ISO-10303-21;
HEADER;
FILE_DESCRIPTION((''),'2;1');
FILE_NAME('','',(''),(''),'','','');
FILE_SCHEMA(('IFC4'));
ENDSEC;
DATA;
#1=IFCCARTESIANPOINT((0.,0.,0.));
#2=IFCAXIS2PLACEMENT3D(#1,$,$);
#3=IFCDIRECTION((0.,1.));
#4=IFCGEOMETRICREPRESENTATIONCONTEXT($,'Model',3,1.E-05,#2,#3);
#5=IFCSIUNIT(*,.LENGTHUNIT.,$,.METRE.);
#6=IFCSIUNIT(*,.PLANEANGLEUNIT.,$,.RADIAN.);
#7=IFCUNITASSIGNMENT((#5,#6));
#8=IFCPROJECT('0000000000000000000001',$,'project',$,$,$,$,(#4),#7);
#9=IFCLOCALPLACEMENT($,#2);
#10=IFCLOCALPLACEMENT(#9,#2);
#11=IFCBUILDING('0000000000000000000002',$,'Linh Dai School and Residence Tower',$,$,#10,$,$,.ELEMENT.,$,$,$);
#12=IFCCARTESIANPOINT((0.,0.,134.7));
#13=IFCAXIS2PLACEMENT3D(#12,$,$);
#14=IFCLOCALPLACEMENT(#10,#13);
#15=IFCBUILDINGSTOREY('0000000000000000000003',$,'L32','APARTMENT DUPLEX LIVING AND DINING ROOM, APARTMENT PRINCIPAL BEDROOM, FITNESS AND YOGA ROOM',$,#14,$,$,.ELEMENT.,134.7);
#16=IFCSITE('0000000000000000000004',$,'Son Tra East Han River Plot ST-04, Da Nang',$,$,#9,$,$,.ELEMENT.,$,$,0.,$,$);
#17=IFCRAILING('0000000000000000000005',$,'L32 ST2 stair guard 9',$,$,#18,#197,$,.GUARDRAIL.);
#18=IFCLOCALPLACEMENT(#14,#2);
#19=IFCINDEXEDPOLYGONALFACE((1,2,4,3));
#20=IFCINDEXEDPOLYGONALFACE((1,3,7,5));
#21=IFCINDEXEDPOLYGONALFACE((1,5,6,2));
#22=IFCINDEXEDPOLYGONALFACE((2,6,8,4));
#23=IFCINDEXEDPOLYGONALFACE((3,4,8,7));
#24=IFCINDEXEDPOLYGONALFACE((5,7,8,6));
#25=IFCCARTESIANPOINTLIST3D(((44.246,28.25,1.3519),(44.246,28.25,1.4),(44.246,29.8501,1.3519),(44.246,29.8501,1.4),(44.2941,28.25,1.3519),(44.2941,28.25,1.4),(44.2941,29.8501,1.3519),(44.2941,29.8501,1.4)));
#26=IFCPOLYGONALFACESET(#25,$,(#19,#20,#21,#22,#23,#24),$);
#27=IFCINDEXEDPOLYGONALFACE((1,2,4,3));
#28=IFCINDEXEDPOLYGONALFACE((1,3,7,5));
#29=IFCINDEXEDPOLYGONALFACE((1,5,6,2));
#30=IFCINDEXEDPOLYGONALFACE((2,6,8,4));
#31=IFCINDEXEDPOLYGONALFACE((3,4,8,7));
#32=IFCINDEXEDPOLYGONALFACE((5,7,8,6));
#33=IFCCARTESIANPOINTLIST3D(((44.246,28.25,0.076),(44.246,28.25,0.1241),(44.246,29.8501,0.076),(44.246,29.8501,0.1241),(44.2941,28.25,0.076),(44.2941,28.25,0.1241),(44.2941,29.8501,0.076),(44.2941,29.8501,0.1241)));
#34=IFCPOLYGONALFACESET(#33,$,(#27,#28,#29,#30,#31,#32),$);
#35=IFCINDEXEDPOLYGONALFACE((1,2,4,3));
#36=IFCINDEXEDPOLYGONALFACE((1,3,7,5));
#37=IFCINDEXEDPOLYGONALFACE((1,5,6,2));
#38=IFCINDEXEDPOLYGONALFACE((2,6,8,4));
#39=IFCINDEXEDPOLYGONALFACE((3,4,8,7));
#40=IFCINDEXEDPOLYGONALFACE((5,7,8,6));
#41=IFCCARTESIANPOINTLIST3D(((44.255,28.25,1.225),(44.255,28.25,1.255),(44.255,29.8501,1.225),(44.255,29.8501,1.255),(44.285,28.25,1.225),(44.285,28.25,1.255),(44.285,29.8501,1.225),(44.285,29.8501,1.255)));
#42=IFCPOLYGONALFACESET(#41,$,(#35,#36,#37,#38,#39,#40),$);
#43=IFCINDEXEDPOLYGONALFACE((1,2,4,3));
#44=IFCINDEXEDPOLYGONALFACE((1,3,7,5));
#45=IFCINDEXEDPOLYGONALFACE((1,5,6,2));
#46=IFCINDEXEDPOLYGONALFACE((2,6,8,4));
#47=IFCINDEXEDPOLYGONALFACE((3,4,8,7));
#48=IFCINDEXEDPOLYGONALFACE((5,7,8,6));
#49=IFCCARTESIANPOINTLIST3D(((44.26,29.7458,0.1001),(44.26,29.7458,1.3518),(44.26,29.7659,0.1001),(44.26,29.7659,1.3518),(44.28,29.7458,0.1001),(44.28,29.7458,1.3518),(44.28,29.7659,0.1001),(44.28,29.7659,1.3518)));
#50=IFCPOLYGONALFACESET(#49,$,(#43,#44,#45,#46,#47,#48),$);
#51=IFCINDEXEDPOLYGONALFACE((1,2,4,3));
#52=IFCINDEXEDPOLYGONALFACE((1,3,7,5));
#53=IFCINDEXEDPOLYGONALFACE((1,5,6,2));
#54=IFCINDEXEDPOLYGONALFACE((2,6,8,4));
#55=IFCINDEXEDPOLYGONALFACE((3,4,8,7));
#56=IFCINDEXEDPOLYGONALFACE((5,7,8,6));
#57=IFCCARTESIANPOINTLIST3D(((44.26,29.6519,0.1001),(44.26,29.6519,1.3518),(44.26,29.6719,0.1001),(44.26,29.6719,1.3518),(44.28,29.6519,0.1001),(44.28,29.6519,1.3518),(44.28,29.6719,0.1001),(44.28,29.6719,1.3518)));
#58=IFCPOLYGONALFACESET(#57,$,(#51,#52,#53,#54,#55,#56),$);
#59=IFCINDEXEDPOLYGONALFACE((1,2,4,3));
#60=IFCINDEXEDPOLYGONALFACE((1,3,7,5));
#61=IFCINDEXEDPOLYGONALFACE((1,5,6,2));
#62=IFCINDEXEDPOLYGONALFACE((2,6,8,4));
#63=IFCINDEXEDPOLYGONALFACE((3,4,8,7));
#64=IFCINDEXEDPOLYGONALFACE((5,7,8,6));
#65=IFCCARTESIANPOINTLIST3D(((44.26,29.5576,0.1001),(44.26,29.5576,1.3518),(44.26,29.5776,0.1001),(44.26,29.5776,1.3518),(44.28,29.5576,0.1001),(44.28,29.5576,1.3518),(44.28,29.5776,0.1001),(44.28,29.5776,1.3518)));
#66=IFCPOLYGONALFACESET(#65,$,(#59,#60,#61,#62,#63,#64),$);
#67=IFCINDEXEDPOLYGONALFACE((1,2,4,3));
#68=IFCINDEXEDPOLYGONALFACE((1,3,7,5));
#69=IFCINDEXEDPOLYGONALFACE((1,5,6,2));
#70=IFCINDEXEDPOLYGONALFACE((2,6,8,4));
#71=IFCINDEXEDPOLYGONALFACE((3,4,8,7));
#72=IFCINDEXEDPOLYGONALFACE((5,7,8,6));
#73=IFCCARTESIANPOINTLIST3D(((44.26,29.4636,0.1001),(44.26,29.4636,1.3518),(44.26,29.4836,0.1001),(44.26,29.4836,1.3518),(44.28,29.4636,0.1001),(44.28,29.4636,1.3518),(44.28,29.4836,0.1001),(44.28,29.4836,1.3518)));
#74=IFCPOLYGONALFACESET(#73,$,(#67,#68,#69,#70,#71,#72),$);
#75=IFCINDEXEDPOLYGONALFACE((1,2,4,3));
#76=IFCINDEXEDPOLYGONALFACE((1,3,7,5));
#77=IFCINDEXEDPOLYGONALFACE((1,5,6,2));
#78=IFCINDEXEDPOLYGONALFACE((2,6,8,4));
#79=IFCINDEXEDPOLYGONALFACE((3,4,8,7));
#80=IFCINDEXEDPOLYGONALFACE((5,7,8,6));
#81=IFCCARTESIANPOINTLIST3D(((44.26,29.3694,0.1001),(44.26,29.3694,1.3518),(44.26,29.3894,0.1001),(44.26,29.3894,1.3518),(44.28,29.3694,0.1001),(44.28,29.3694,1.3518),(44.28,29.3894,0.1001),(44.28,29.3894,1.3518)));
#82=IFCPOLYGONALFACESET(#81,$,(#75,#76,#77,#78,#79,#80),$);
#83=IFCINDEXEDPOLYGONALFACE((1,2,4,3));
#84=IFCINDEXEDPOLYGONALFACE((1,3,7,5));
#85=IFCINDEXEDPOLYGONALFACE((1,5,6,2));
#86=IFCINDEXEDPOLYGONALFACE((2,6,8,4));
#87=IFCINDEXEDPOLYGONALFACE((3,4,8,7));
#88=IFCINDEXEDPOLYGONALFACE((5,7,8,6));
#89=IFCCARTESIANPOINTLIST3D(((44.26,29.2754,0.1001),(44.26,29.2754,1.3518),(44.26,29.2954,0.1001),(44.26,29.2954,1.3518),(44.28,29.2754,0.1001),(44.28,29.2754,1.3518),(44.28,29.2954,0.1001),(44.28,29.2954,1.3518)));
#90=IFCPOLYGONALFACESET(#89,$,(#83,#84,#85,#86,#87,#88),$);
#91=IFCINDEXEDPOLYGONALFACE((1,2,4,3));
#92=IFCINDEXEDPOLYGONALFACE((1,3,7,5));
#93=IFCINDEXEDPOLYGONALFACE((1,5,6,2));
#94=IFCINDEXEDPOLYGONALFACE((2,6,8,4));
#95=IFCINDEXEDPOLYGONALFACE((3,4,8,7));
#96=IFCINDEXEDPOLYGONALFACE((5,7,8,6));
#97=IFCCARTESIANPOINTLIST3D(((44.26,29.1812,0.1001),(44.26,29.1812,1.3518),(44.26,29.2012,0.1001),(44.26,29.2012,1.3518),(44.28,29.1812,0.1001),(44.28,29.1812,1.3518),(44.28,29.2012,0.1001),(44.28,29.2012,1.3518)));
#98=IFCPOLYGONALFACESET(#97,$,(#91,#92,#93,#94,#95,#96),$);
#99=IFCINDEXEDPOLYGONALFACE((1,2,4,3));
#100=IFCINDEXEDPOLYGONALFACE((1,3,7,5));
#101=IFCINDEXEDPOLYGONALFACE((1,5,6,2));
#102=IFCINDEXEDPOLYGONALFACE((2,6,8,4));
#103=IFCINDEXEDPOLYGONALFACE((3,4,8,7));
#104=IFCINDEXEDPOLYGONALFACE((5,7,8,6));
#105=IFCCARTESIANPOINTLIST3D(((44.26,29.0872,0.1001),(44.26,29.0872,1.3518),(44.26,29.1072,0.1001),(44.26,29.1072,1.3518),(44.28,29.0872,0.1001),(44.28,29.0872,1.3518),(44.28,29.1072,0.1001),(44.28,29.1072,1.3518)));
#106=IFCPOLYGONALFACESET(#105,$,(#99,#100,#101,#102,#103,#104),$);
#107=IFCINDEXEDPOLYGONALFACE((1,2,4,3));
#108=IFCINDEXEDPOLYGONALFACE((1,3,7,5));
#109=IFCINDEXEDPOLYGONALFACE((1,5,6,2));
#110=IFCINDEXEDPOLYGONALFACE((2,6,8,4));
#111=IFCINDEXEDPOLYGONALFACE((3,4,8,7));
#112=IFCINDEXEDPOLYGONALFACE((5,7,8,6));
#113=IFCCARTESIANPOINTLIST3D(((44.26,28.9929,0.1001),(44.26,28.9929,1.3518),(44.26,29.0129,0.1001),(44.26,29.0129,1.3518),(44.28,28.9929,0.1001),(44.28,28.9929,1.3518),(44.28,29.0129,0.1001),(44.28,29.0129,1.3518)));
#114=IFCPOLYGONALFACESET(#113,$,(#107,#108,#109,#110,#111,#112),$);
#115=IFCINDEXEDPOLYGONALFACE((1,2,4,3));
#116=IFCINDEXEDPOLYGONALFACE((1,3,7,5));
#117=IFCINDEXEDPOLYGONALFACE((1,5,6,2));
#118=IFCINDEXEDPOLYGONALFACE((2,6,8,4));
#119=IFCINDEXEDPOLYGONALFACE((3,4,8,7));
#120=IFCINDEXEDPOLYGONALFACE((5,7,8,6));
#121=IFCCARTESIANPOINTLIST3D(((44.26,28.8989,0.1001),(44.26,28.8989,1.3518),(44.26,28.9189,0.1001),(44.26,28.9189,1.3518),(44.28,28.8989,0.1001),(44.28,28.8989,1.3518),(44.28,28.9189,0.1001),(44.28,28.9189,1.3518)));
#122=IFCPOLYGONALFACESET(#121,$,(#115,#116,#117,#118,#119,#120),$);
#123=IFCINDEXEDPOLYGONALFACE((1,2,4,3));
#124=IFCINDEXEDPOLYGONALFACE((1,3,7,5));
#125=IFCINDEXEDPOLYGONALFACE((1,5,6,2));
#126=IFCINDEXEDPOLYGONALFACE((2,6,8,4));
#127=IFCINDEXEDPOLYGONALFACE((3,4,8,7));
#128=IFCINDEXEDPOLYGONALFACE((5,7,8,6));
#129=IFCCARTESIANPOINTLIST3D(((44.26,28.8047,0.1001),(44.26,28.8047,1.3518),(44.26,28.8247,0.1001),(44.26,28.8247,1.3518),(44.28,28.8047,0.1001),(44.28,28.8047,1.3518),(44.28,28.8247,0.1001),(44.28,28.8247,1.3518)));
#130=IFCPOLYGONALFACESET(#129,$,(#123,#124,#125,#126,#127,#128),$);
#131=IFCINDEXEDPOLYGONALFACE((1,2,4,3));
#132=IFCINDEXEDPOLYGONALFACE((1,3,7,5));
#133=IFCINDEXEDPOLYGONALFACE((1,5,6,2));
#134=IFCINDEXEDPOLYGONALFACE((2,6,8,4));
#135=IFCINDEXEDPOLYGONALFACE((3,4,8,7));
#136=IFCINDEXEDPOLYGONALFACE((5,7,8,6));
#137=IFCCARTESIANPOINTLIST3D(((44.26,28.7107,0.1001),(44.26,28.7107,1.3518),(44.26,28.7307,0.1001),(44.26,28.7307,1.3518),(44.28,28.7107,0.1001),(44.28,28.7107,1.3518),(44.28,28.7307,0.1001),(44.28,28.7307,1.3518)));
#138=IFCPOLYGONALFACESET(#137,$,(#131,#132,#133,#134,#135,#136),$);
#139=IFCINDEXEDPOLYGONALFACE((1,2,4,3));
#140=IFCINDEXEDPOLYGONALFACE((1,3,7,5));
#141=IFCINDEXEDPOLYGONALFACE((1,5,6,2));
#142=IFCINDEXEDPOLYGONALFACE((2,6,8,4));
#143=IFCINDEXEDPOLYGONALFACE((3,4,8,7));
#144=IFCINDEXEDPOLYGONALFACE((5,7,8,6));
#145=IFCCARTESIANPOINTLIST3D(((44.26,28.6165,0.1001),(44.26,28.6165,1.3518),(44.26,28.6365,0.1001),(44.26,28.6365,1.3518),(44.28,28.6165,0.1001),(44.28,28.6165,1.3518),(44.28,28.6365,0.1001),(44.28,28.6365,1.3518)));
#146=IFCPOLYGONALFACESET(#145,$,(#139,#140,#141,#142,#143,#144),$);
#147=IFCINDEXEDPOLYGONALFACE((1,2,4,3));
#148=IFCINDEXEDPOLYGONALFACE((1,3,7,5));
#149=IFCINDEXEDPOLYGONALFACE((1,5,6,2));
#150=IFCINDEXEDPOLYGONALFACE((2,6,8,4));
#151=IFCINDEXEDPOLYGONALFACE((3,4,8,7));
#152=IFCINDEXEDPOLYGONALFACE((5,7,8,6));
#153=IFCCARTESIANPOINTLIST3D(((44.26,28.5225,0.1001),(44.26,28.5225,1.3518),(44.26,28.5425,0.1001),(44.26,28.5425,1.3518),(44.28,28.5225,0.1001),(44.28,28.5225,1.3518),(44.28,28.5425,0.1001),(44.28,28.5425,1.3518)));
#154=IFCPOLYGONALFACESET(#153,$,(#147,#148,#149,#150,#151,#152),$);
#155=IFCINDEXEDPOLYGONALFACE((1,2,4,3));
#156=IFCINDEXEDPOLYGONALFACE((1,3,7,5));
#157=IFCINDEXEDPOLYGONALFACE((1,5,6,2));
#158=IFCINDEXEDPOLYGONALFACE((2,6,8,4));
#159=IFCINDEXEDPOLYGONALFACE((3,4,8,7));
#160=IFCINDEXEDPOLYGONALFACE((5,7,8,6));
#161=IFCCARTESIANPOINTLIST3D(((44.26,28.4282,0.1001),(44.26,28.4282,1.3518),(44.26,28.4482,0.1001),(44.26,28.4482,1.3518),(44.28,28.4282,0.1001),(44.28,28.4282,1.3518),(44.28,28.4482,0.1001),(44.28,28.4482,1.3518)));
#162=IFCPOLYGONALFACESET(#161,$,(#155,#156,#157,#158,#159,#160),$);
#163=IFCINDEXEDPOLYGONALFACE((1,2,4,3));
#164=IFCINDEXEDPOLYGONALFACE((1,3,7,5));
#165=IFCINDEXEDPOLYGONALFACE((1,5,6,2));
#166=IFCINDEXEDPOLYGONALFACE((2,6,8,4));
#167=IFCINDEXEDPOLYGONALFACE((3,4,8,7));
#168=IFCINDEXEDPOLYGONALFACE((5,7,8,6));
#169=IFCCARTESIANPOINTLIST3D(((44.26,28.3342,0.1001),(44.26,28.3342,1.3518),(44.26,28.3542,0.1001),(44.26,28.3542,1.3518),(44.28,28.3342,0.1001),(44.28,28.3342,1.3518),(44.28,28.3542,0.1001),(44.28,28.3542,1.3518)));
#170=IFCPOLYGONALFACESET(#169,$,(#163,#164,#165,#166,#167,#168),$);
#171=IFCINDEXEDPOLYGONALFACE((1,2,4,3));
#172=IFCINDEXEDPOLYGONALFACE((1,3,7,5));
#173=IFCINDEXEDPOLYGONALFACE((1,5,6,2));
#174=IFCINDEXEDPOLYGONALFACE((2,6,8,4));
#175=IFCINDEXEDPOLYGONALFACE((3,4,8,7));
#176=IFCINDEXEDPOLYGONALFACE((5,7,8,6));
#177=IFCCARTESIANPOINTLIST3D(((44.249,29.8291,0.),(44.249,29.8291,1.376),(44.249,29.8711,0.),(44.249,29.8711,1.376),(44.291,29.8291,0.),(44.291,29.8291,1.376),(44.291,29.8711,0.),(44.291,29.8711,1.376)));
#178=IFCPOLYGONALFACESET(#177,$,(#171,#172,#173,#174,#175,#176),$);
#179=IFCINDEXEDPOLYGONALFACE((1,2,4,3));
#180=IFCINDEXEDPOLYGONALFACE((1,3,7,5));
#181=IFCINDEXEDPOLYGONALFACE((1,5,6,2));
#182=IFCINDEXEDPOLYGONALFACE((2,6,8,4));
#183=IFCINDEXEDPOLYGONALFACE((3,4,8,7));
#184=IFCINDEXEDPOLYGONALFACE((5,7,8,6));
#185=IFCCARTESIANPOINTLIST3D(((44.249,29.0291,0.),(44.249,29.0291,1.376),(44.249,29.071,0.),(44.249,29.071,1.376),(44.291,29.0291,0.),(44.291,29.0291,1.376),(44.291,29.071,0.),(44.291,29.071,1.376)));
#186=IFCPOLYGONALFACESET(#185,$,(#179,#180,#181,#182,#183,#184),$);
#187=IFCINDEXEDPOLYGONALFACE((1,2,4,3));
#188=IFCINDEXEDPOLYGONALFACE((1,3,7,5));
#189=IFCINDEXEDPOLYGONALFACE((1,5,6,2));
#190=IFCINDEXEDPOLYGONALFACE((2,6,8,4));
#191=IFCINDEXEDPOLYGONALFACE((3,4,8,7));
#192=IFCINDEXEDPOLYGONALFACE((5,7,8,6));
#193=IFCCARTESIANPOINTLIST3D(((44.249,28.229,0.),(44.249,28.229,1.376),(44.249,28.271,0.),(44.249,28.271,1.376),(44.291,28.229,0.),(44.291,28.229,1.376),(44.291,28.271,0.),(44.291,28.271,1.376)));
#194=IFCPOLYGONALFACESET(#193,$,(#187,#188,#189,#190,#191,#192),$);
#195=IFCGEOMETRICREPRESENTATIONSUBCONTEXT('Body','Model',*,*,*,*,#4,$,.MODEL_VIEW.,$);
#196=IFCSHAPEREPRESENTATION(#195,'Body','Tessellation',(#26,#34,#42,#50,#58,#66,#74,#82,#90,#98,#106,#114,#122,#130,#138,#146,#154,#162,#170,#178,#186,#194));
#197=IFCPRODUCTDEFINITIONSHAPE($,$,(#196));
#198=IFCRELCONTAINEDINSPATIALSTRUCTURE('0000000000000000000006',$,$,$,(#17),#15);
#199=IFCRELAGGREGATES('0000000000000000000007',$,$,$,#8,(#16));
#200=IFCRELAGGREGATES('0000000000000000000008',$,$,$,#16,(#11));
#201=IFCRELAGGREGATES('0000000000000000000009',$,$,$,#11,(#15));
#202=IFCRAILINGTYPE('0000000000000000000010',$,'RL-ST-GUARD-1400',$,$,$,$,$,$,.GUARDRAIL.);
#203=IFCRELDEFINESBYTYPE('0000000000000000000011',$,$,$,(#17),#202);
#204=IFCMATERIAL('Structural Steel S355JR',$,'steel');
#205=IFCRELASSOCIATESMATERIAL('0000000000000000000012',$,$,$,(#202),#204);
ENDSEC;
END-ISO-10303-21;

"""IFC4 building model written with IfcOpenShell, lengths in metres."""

from ifc_helpers import new_model, si_unit, direction, frame, origin, origin_2d, place, context, subcontext, project, spatial, rectangle, extrude, source, transform, mapped, material, type_object, element, save


model = new_model("IFC4")

# Units and contexts
model_context = context("Model", 3, precision=1e-05, world=origin(), true_north=direction((0.0, 1.0)))
body_context = subcontext(model_context, "Body", "Model", "MODEL_VIEW")
ifc_project = project(units=[si_unit("LENGTHUNIT", "METRE"), si_unit("PLANEANGLEUNIT", "RADIAN")], contexts=[model_context])

# Site, building, storey
site_placement = place(None, origin())
site = spatial("IfcSite", under=ifc_project, at=site_placement, Name="Son Tra East Han River Plot ST-04, Da Nang", CompositionType="ELEMENT", RefElevation=0.0)
building_placement = place(site_placement, origin())
building = spatial("IfcBuilding", under=site, at=building_placement, Name="Linh Dai School and Residence Tower", CompositionType="ELEMENT")
storey_placement = place(building_placement, frame((0.0, 0.0, 134.7)))
storey = spatial("IfcBuildingStorey", under=building, at=storey_placement, Name="L32", Description="APARTMENT DUPLEX LIVING AND DINING ROOM, APARTMENT PRINCIPAL BEDROOM, FITNESS AND YOGA ROOM", CompositionType="ELEMENT", Elevation=134.7)

# Shared definitions
ifc_material_1 = material(Name="Structural Steel S355JR", Category="steel")

# Railing
railing_type_1 = type_object("IfcRailingType", Name="RL-ST-GUARD-1400", PredefinedType="GUARDRAIL", material=ifc_material_1)
shared_shape_1 = source(origin(), body_context, "Body", "SweptSolid", [
    extrude(rectangle(XDim=0.0481, YDim=0.0481, at=origin_2d()), frame((0.0, 0.0, 1.376), z_axis=(0.0, -1.0, 0.0), x_axis=(1.0, 0.0, 0.0)), (0.0, 0.0, 1.0), 1.6001),
    extrude(rectangle(XDim=0.0481, YDim=0.0481, at=origin_2d()), frame((0.0, 0.0, 0.1001), z_axis=(0.0, -1.0, 0.0), x_axis=(1.0, 0.0, 0.0)), (0.0, 0.0, 1.0), 1.6001),
    extrude(rectangle(XDim=0.03, YDim=0.03, at=origin_2d()), frame((0.0, 0.0, 1.24), z_axis=(0.0, -1.0, 0.0), x_axis=(1.0, 0.0, 0.0)), (0.0, 0.0, 1.0), 1.6001),
    extrude(rectangle(XDim=0.02, YDim=0.02, at=origin_2d()), frame((0.0, -0.0942, 0.1001)), (0.0, 0.0, 1.0), 1.2517),
    extrude(rectangle(XDim=0.02, YDim=0.02, at=origin_2d()), frame((0.0, -0.1882, 0.1001)), (0.0, 0.0, 1.0), 1.2517),
    extrude(rectangle(XDim=0.02, YDim=0.02, at=origin_2d()), frame((0.0, -0.2825, 0.1001)), (0.0, 0.0, 1.0), 1.2517),
    extrude(rectangle(XDim=0.02, YDim=0.02, at=origin_2d()), frame((0.0, -0.3765, 0.1001)), (0.0, 0.0, 1.0), 1.2517),
    extrude(rectangle(XDim=0.02, YDim=0.02, at=origin_2d()), frame((0.0, -0.4707, 0.1001)), (0.0, 0.0, 1.0), 1.2517),
    extrude(rectangle(XDim=0.02, YDim=0.02, at=origin_2d()), frame((0.0, -0.5647, 0.1001)), (0.0, 0.0, 1.0), 1.2517),
    extrude(rectangle(XDim=0.02, YDim=0.02, at=origin_2d()), frame((0.0, -0.6589, 0.1001)), (0.0, 0.0, 1.0), 1.2517),
    extrude(rectangle(XDim=0.02, YDim=0.02, at=origin_2d()), frame((0.0, -0.7529, 0.1001)), (0.0, 0.0, 1.0), 1.2517),
    extrude(rectangle(XDim=0.02, YDim=0.02, at=origin_2d()), frame((0.0, -0.8472, 0.1001)), (0.0, 0.0, 1.0), 1.2517),
    extrude(rectangle(XDim=0.02, YDim=0.02, at=origin_2d()), frame((0.0, -0.9412, 0.1001)), (0.0, 0.0, 1.0), 1.2517),
    extrude(rectangle(XDim=0.02, YDim=0.02, at=origin_2d()), frame((0.0, -1.0354, 0.1001)), (0.0, 0.0, 1.0), 1.2517),
    extrude(rectangle(XDim=0.02, YDim=0.02, at=origin_2d()), frame((0.0, -1.1294, 0.1001)), (0.0, 0.0, 1.0), 1.2517),
    extrude(rectangle(XDim=0.02, YDim=0.02, at=origin_2d()), frame((0.0, -1.2236, 0.1001)), (0.0, 0.0, 1.0), 1.2517),
    extrude(rectangle(XDim=0.02, YDim=0.02, at=origin_2d()), frame((0.0, -1.3176, 0.1001)), (0.0, 0.0, 1.0), 1.2517),
    extrude(rectangle(XDim=0.02, YDim=0.02, at=origin_2d()), frame((0.0, -1.4119, 0.1001)), (0.0, 0.0, 1.0), 1.2517),
    extrude(rectangle(XDim=0.02, YDim=0.02, at=origin_2d()), frame((0.0, -1.5059, 0.1001)), (0.0, 0.0, 1.0), 1.2517),
    extrude(rectangle(XDim=0.042, YDim=0.042, at=origin_2d()), origin(), (0.0, 0.0, 1.0), 1.376),
    extrude(rectangle(XDim=0.042, YDim=0.042, at=origin_2d()), frame((0.0, -0.8, 0.0)), (0.0, 0.0, 1.0), 1.376),
    extrude(rectangle(XDim=0.042, YDim=0.042, at=origin_2d()), frame((0.0, -1.6001, 0.0)), (0.0, 0.0, 1.0), 1.376),
])
for number, where, name in (
    (1, (44.27, 29.8501, 0.0), "L32 ST2 stair guard 9"),
):
    element("IfcRailing", number, at=place(storey_placement, frame(where)), inside=storey, type_object=railing_type_1, Name=name, PredefinedType="GUARDRAIL", context=body_context, shape_type="MappedRepresentation", body=[
        mapped(shared_shape_1, transform((0.0, 0.0, 0.0), x_axis=(1.0, 0.0, 0.0), y_axis=(0.0, 1.0, 0.0), z_axis=(0.0, 0.0, 1.0), scale=1.0)),
    ])

save(model, "model.ifc")
